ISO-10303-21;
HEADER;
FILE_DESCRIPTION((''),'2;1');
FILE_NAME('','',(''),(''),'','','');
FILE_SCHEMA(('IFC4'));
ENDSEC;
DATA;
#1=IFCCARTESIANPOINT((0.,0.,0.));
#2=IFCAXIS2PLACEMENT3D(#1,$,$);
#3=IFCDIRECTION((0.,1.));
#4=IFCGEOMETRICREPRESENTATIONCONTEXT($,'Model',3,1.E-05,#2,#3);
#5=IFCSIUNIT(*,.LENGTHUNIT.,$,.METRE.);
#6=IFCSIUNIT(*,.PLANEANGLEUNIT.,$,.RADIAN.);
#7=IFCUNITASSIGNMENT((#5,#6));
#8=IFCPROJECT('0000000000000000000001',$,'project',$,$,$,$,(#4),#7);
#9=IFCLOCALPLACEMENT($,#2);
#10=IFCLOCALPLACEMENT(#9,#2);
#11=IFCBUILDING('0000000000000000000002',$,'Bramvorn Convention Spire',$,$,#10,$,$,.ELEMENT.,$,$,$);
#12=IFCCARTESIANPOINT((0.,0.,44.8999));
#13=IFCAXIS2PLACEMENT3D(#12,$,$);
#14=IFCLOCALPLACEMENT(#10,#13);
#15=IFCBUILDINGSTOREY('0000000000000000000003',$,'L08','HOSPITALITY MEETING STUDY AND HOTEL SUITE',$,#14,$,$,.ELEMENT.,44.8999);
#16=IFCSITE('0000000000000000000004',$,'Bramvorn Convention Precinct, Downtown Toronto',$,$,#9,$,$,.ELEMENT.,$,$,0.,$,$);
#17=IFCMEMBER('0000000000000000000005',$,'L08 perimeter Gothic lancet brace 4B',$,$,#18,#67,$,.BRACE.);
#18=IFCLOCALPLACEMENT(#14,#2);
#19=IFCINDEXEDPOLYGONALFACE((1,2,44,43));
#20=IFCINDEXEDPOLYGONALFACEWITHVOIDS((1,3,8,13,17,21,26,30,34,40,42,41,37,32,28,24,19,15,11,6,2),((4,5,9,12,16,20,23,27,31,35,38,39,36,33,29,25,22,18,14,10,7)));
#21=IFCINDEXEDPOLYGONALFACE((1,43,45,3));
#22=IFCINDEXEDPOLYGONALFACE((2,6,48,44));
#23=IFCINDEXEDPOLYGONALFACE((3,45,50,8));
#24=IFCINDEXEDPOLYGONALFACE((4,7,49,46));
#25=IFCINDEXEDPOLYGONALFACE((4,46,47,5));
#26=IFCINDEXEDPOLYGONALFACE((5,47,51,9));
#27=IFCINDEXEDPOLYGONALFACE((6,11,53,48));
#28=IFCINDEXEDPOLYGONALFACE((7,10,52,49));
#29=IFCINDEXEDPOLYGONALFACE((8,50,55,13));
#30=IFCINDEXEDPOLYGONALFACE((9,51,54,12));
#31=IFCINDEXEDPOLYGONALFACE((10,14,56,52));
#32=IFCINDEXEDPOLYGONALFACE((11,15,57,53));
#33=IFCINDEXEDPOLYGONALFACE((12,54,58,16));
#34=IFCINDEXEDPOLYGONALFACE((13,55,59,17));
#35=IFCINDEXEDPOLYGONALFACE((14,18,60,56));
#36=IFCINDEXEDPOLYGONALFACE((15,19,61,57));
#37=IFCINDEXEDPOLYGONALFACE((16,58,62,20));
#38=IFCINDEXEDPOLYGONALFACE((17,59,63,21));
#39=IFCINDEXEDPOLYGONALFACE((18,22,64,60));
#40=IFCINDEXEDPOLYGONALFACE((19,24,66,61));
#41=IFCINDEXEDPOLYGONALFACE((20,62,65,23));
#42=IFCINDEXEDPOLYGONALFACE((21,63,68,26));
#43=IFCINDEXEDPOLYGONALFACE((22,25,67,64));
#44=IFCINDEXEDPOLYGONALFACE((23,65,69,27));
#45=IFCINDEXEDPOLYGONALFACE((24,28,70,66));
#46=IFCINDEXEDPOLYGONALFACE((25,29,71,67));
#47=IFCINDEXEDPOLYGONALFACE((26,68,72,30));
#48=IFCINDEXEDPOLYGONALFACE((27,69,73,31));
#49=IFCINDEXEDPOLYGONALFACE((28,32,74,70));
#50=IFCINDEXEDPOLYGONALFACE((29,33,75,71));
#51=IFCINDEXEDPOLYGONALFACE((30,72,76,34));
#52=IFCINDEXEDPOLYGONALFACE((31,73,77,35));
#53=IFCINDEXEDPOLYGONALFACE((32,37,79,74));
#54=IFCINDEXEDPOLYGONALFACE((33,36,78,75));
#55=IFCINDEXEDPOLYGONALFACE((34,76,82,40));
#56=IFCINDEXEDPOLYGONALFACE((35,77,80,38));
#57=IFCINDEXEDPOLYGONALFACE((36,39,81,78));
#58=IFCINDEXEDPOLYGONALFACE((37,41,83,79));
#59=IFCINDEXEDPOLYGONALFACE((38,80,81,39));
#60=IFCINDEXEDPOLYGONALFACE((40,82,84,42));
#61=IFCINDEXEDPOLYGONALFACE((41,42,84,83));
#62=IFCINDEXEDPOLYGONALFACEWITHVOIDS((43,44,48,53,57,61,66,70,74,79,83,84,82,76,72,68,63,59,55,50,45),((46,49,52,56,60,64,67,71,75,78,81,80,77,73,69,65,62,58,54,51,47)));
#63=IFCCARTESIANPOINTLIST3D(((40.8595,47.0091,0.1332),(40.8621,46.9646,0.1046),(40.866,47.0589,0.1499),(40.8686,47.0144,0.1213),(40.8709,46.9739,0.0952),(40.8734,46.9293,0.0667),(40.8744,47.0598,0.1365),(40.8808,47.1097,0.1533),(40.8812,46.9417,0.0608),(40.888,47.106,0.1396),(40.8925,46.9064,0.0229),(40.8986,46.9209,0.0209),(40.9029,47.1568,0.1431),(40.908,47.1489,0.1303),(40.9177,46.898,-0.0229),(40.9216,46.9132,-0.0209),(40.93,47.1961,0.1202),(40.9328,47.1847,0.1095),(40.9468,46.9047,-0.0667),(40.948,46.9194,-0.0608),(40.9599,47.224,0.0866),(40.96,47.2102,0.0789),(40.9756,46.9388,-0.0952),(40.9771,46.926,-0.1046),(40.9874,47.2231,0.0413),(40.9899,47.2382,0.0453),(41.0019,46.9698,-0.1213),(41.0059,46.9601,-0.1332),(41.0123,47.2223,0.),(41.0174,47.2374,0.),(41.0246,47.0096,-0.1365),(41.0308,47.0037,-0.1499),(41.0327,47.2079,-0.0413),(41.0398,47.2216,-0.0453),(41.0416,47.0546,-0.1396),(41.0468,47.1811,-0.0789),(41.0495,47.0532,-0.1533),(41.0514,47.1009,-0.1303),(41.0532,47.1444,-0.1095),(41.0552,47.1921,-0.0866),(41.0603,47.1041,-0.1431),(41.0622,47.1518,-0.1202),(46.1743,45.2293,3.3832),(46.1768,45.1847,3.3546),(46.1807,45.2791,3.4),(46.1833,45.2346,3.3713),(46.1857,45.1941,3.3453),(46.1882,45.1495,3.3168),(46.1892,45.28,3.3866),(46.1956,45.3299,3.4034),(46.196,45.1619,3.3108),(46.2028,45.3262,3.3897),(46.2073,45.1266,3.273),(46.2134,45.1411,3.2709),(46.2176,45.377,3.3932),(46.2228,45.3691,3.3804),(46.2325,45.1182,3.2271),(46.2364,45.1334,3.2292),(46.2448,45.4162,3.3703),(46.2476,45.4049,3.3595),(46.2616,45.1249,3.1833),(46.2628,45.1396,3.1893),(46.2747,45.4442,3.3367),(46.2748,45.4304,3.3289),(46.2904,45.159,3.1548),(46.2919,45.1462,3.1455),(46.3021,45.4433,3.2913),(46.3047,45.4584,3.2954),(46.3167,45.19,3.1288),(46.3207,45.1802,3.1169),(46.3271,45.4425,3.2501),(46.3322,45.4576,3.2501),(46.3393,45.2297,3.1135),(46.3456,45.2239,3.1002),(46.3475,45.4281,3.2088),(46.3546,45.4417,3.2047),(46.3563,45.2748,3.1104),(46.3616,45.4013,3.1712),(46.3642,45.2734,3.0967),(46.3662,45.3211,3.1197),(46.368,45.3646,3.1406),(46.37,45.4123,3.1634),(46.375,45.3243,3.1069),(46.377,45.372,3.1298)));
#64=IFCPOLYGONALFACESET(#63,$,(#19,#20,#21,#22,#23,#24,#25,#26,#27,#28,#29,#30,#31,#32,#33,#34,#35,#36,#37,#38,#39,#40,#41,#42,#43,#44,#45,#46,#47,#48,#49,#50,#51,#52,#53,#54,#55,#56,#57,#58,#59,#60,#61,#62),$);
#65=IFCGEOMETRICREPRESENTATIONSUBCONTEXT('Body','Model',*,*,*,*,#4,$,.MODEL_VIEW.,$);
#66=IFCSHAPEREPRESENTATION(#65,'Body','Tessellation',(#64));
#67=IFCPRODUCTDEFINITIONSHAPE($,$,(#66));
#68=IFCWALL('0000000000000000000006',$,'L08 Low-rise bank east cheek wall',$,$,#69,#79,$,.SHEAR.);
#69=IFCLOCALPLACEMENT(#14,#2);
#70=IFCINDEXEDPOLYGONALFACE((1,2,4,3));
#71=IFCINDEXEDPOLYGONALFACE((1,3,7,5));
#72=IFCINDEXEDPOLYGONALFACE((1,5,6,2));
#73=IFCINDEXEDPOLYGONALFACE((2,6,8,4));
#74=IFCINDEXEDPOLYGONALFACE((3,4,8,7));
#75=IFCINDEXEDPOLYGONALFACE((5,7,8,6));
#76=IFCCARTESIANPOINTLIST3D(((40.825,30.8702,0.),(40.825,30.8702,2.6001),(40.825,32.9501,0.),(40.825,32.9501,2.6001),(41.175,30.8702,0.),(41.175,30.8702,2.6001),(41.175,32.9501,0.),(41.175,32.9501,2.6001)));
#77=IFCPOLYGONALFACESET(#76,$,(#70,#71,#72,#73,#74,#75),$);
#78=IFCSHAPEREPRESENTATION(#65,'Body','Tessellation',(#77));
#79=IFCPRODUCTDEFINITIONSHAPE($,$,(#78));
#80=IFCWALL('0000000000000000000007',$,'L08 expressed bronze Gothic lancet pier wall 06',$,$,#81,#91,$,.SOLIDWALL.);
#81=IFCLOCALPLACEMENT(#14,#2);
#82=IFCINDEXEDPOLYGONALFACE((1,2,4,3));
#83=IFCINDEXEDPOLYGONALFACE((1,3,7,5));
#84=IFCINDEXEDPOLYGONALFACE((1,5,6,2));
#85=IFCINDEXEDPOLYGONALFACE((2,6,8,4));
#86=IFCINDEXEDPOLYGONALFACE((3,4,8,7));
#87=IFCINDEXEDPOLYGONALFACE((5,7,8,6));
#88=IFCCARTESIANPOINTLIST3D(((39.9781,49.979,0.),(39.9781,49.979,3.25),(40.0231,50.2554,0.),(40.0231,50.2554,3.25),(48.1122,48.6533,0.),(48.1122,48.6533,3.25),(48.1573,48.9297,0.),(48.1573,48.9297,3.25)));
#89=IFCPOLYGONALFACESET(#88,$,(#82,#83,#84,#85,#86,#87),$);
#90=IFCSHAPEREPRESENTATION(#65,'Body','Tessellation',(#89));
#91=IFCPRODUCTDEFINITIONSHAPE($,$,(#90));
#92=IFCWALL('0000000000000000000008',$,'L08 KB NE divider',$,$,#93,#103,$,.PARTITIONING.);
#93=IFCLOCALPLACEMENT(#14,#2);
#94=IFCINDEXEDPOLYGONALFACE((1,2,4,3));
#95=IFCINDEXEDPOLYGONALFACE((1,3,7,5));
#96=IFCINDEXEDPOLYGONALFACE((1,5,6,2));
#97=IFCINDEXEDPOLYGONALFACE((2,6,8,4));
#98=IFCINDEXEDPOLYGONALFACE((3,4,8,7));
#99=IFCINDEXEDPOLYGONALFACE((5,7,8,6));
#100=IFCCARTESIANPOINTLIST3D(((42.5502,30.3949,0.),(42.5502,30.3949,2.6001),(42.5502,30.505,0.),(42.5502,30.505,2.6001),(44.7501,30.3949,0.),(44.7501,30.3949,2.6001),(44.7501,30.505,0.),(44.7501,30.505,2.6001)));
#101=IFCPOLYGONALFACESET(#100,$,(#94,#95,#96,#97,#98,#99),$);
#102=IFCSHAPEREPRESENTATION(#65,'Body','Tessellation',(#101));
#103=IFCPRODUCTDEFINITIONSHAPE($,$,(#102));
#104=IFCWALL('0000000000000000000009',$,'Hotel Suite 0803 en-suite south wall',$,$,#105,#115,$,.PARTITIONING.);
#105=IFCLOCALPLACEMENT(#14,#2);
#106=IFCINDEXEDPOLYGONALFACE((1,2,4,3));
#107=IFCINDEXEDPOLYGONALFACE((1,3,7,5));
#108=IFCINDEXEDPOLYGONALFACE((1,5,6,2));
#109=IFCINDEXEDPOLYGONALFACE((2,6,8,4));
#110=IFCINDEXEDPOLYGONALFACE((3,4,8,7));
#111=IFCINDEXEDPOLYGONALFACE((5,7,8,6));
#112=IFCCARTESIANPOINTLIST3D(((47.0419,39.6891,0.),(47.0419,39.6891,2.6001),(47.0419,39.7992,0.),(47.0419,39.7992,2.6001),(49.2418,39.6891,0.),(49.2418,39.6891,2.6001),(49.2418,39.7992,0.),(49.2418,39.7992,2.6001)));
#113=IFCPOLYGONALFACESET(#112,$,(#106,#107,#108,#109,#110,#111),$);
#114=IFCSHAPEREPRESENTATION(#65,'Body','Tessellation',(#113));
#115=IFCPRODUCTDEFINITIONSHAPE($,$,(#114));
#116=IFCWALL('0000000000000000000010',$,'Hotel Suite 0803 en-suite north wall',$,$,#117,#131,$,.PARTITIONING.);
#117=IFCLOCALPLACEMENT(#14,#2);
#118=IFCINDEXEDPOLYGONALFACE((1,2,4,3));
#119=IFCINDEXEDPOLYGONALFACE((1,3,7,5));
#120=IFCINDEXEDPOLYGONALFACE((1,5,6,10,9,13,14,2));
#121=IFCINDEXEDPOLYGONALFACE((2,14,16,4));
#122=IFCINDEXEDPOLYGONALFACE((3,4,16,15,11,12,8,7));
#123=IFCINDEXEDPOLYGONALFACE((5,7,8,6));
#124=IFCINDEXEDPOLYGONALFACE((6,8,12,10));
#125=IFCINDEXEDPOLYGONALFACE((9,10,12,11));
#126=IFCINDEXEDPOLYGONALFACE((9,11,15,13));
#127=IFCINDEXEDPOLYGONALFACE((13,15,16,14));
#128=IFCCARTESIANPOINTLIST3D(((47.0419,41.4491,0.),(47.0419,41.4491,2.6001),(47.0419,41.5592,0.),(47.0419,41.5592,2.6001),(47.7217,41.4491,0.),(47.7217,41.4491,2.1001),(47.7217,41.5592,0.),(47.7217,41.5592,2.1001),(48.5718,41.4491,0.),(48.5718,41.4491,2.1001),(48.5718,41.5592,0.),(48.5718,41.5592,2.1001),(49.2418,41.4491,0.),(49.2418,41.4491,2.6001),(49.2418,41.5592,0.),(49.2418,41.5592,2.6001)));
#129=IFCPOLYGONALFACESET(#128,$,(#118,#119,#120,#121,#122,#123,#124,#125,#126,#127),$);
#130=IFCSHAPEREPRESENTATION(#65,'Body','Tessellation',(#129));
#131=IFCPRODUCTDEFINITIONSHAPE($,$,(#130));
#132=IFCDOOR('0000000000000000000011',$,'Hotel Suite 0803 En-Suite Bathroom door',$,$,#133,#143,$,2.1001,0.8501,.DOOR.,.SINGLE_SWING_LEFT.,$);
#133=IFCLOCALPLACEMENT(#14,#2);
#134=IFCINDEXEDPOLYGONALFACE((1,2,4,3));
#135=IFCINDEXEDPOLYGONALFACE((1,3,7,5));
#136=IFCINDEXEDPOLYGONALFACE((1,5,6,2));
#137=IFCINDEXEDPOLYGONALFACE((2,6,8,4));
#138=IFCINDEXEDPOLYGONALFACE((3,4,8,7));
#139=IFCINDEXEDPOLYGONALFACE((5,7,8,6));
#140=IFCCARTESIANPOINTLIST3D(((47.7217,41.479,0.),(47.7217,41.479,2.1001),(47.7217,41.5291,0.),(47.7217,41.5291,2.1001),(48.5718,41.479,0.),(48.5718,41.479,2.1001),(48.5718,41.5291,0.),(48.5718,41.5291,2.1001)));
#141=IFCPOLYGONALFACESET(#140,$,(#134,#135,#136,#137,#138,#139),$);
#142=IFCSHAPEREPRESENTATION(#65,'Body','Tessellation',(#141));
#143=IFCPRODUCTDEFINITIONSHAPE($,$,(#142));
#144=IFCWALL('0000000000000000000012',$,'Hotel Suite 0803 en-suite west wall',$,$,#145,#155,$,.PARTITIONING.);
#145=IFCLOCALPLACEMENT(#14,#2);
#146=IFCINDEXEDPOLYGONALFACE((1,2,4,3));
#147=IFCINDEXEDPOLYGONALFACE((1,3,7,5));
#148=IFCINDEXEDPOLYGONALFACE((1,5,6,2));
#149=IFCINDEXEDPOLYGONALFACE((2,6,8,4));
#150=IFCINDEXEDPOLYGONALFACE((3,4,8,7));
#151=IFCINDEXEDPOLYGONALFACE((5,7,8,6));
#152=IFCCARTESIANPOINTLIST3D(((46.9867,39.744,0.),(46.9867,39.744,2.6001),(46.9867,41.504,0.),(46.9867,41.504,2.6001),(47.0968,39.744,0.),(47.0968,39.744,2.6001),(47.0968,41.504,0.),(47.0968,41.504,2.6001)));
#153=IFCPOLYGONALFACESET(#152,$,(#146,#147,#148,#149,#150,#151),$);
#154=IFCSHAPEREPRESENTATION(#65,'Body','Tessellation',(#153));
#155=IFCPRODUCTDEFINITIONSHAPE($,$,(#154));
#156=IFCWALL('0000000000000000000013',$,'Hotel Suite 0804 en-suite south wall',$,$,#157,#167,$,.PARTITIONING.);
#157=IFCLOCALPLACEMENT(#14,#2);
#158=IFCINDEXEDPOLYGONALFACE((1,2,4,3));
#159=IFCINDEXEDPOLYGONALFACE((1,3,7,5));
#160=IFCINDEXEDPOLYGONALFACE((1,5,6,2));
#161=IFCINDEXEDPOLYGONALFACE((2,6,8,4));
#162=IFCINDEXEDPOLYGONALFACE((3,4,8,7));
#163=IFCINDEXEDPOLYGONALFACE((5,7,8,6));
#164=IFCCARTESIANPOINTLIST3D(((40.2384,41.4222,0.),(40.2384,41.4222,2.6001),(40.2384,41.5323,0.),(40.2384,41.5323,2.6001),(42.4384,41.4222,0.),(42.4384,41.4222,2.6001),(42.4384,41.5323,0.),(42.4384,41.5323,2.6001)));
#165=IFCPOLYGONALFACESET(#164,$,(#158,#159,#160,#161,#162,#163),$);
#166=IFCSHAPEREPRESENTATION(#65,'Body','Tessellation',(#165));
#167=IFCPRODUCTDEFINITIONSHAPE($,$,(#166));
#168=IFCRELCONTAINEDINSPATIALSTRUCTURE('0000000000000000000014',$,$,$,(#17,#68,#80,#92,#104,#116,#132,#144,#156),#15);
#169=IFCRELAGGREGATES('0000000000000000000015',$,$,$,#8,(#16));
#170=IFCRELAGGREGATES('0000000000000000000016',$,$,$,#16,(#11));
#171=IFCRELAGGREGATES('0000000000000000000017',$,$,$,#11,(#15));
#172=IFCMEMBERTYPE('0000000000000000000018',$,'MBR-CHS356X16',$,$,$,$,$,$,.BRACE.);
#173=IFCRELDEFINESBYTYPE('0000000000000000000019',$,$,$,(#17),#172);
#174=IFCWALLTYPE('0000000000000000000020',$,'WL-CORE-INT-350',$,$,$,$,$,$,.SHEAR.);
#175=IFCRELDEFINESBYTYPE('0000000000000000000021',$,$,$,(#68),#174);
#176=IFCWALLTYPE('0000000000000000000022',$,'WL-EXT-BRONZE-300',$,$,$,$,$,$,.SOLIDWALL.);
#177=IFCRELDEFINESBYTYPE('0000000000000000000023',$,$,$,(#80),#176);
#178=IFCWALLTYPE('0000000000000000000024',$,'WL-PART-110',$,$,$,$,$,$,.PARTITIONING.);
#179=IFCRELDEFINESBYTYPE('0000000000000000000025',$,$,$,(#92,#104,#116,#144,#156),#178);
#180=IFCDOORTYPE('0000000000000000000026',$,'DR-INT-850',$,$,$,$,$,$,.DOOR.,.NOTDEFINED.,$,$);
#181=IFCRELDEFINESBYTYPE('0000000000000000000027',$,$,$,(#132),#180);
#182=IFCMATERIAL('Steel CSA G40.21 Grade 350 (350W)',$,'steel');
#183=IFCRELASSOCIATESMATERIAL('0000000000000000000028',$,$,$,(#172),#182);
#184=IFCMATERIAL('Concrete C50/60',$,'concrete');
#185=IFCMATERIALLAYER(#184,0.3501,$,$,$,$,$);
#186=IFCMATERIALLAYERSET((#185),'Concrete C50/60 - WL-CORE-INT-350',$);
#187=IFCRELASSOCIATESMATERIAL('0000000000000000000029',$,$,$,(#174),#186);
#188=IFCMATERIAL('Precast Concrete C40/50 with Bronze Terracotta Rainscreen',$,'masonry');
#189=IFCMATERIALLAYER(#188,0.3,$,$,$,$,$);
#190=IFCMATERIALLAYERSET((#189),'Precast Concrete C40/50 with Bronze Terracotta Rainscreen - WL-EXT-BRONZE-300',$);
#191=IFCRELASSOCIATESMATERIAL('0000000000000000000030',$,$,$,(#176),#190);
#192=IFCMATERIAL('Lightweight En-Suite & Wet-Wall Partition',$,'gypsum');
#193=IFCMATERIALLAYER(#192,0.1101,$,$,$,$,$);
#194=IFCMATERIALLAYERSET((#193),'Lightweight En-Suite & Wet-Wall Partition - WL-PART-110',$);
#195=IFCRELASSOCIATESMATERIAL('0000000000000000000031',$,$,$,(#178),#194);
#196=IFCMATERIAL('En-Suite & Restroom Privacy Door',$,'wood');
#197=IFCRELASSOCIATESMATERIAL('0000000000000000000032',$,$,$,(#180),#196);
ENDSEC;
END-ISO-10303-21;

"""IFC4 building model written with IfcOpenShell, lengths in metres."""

from ifc_helpers import new_model, si_unit, direction, frame, frame_2d, origin, origin_2d, place, context, subcontext, project, spatial, rectangle, hollow_circle, extrude, material, layer, layer_set, material_profile, profile_set, type_object, element, fill, save


model = new_model("IFC4")

# Units and contexts
model_context = context("Model", 3, precision=1e-05, world=origin(), true_north=direction((0.0, 1.0)))
body_context = subcontext(model_context, "Body", "Model", "MODEL_VIEW")
ifc_project = project(units=[si_unit("LENGTHUNIT", "METRE"), si_unit("PLANEANGLEUNIT", "RADIAN")], contexts=[model_context])

# Site, building, storey
site_placement = place(None, origin())
site = spatial("IfcSite", under=ifc_project, at=site_placement, Name="Bramvorn Convention Precinct, Downtown Toronto", CompositionType="ELEMENT", RefElevation=0.0)
building_placement = place(site_placement, origin())
building = spatial("IfcBuilding", under=site, at=building_placement, Name="Bramvorn Convention Spire", CompositionType="ELEMENT")
storey_placement = place(building_placement, frame((0.0, 0.0, 44.8999)))
storey = spatial("IfcBuildingStorey", under=building, at=storey_placement, Name="L08", Description="HOSPITALITY MEETING STUDY AND HOTEL SUITE", CompositionType="ELEMENT", Elevation=44.8999)

# Shared definitions
ifc_material_1 = material(Name="Steel CSA G40.21 Grade 350 (350W)", Category="steel")

# Member
ifc_material_profile_1 = material_profile(ifc_material_1, hollow_circle(Radius=0.1777, WallThickness=0.0159, at=origin_2d()))
ifc_profile_set_1 = profile_set([ifc_material_profile_1], Name="Steel CSA G40.21 Grade 350 (350W) - CHS356X16")
member_type = type_object("IfcMemberType", Name="MBR-CHS356X16", PredefinedType="BRACE", material=ifc_profile_set_1)
member_placement = place(storey_placement, frame((40.9609, 47.0688, 0.0), z_axis=(0.820309, -0.274705, 0.501628), x_axis=(0.317547, 0.948242, 0.0)))
element("IfcMember", 1, at=member_placement, inside=storey, type_object=member_type, Name="L08 perimeter Gothic lancet brace 4B", PredefinedType="BRACE", context=body_context, shape_type="SweptSolid", body=[
    extrude(hollow_circle(Radius=0.1777, WallThickness=0.0159, at=origin_2d()), origin(), (0.0, 0.0, 1.0), 6.479),
])

# Shared definitions
ifc_material_2 = material(Name="Concrete C50/60", Category="concrete")
ifc_layer_1 = layer(ifc_material_2, 0.3501)
ifc_layer_set_1 = layer_set([ifc_layer_1], Name="Concrete C50/60 - WL-CORE-INT-350")
wall_type_1 = type_object("IfcWallType", Name="WL-CORE-INT-350", PredefinedType="SHEAR", material=ifc_layer_set_1)

# Walls
wall_1_placement = place(storey_placement, frame((41.0, 30.8701, 0.0), z_axis=(0.0, 0.0, 1.0), x_axis=(0.0, 1.0, 0.0)))
element("IfcWall", 2, at=wall_1_placement, inside=storey, type_object=wall_type_1, Name="L08 Low-rise bank east cheek wall", PredefinedType="SHEAR", context=body_context, shape_type="SweptSolid", body=[
    extrude(rectangle(XDim=2.0798, YDim=0.3501, at=frame_2d((1.04, 0.0))), origin(), (0.0, 0.0, 1.0), 2.6001),
])
ifc_material_3 = material(Name="Precast Concrete C40/50 with Bronze Terracotta Rainscreen", Category="masonry")
ifc_layer_2 = layer(ifc_material_3, 0.3)
ifc_layer_set_2 = layer_set([ifc_layer_2], Name="Precast Concrete C40/50 with Bronze Terracotta Rainscreen - WL-EXT-BRONZE-300")
wall_type_2 = type_object("IfcWallType", Name="WL-EXT-BRONZE-300", PredefinedType="SOLIDWALL", material=ifc_layer_set_2)
wall_2_placement = place(storey_placement, frame((40.0007, 50.1172, 0.0), z_axis=(0.0, 0.0, 1.0), x_axis=(0.986978, -0.160857, 0.0)))
element("IfcWall", 3, at=wall_2_placement, inside=storey, type_object=wall_type_2, Name="L08 expressed bronze Gothic lancet pier wall 06", PredefinedType="SOLIDWALL", context=body_context, shape_type="SweptSolid", body=[
    extrude(rectangle(XDim=8.2415, YDim=0.28, at=frame_2d((4.1206, 0.0))), origin(), (0.0, 0.0, 1.0), 3.25),
])
ifc_material_4 = material(Name="Lightweight En-Suite & Wet-Wall Partition", Category="gypsum")
ifc_layer_3 = layer(ifc_material_4, 0.1101)
ifc_layer_set_3 = layer_set([ifc_layer_3], Name="Lightweight En-Suite & Wet-Wall Partition - WL-PART-110")
wall_type_3 = type_object("IfcWallType", Name="WL-PART-110", PredefinedType="PARTITIONING", material=ifc_layer_set_3)
for number, where, z_axis, x_axis, name in (
    (4, (42.55, 30.45, 0.0), (0.0, 0.0, 1.0), (1.0, 0.0, 0.0), "L08 KB NE divider"),
    (5, (47.0417, 39.7441, 0.0), (0.0, 0.0, 1.0), (1.0, 0.0, 0.0), "Hotel Suite 0803 en-suite south wall"),
):
    element("IfcWall", number, at=place(storey_placement, frame(where, z_axis=z_axis, x_axis=x_axis)), inside=storey, type_object=wall_type_3, Name=name, PredefinedType="PARTITIONING", context=body_context, shape_type="SweptSolid", body=[
        extrude(rectangle(XDim=2.2, YDim=0.1101, at=frame_2d((1.1001, 0.0))), origin(), (0.0, 0.0, 1.0), 2.6001),
    ])

# Wall, opening, door
wall_3_placement = place(storey_placement, frame((47.0417, 41.5042, 0.0), z_axis=(0.0, 0.0, 1.0), x_axis=(1.0, 0.0, 0.0)))
wall_3 = element("IfcWall", 6, at=wall_3_placement, inside=storey, type_object=wall_type_3, Name="Hotel Suite 0803 en-suite north wall", PredefinedType="PARTITIONING", context=body_context, shape_type="SweptSolid", body=[
    extrude(rectangle(XDim=2.2, YDim=0.1101, at=frame_2d((1.1001, 0.0))), origin(), (0.0, 0.0, 1.0), 2.6001),
])
opening_1_placement = place(wall_3_placement, frame((0.6799, 0.0, 0.0)))
opening_1 = element("IfcOpeningElement", 7, at=opening_1_placement, cuts=wall_3, PredefinedType="OPENING", context=body_context, shape_type="SweptSolid", body=[
    extrude(rectangle(XDim=0.8501, YDim=2.1001, at=frame_2d((0.425, 1.05))), frame((0.0, 0.0649, 0.0), z_axis=(0.0, -1.0, 0.0), x_axis=(1.0, 0.0, 0.0)), (0.0, 0.0, 1.0), 0.1301),
])
ifc_material_5 = material(Name="En-Suite & Restroom Privacy Door", Category="wood")
door_type_1 = type_object("IfcDoorType", Name="DR-INT-850", OperationType="NOTDEFINED", PredefinedType="DOOR", material=ifc_material_5)
door_1_placement = place(opening_1_placement, origin())
door_1 = element("IfcDoor", 8, at=door_1_placement, inside=storey, type_object=door_type_1, Name="Hotel Suite 0803 En-Suite Bathroom door", OperationType="SINGLE_SWING_LEFT", OverallHeight=2.1001, OverallWidth=0.8501, PredefinedType="DOOR", context=body_context, shape_type="SweptSolid", body=[
    extrude(rectangle(XDim=0.8501, YDim=2.1001, at=frame_2d((0.425, 1.05))), frame((0.0, 0.0249, 0.0), z_axis=(0.0, -1.0, 0.0), x_axis=(1.0, 0.0, 0.0)), (0.0, 0.0, 1.0), 0.05),
])
fill(opening_1, door_1)

# Walls
wall_4_placement = place(storey_placement, frame((47.0417, 39.7441, 0.0), z_axis=(0.0, 0.0, 1.0), x_axis=(0.0, 1.0, 0.0)))
element("IfcWall", 9, at=wall_4_placement, inside=storey, type_object=wall_type_3, Name="Hotel Suite 0803 en-suite west wall", PredefinedType="PARTITIONING", context=body_context, shape_type="SweptSolid", body=[
    extrude(rectangle(XDim=1.76, YDim=0.1101, at=frame_2d((0.8799, 0.0))), origin(), (0.0, 0.0, 1.0), 2.6001),
])
wall_5_placement = place(storey_placement, frame((40.2383, 41.4773, 0.0), z_axis=(0.0, 0.0, 1.0), x_axis=(1.0, 0.0, 0.0)))
element("IfcWall", 10, at=wall_5_placement, inside=storey, type_object=wall_type_3, Name="Hotel Suite 0804 en-suite south wall", PredefinedType="PARTITIONING", context=body_context, shape_type="SweptSolid", body=[
    extrude(rectangle(XDim=2.2, YDim=0.1101, at=frame_2d((1.1001, 0.0))), origin(), (0.0, 0.0, 1.0), 2.6001),
])

save(model, "model.ifc")
